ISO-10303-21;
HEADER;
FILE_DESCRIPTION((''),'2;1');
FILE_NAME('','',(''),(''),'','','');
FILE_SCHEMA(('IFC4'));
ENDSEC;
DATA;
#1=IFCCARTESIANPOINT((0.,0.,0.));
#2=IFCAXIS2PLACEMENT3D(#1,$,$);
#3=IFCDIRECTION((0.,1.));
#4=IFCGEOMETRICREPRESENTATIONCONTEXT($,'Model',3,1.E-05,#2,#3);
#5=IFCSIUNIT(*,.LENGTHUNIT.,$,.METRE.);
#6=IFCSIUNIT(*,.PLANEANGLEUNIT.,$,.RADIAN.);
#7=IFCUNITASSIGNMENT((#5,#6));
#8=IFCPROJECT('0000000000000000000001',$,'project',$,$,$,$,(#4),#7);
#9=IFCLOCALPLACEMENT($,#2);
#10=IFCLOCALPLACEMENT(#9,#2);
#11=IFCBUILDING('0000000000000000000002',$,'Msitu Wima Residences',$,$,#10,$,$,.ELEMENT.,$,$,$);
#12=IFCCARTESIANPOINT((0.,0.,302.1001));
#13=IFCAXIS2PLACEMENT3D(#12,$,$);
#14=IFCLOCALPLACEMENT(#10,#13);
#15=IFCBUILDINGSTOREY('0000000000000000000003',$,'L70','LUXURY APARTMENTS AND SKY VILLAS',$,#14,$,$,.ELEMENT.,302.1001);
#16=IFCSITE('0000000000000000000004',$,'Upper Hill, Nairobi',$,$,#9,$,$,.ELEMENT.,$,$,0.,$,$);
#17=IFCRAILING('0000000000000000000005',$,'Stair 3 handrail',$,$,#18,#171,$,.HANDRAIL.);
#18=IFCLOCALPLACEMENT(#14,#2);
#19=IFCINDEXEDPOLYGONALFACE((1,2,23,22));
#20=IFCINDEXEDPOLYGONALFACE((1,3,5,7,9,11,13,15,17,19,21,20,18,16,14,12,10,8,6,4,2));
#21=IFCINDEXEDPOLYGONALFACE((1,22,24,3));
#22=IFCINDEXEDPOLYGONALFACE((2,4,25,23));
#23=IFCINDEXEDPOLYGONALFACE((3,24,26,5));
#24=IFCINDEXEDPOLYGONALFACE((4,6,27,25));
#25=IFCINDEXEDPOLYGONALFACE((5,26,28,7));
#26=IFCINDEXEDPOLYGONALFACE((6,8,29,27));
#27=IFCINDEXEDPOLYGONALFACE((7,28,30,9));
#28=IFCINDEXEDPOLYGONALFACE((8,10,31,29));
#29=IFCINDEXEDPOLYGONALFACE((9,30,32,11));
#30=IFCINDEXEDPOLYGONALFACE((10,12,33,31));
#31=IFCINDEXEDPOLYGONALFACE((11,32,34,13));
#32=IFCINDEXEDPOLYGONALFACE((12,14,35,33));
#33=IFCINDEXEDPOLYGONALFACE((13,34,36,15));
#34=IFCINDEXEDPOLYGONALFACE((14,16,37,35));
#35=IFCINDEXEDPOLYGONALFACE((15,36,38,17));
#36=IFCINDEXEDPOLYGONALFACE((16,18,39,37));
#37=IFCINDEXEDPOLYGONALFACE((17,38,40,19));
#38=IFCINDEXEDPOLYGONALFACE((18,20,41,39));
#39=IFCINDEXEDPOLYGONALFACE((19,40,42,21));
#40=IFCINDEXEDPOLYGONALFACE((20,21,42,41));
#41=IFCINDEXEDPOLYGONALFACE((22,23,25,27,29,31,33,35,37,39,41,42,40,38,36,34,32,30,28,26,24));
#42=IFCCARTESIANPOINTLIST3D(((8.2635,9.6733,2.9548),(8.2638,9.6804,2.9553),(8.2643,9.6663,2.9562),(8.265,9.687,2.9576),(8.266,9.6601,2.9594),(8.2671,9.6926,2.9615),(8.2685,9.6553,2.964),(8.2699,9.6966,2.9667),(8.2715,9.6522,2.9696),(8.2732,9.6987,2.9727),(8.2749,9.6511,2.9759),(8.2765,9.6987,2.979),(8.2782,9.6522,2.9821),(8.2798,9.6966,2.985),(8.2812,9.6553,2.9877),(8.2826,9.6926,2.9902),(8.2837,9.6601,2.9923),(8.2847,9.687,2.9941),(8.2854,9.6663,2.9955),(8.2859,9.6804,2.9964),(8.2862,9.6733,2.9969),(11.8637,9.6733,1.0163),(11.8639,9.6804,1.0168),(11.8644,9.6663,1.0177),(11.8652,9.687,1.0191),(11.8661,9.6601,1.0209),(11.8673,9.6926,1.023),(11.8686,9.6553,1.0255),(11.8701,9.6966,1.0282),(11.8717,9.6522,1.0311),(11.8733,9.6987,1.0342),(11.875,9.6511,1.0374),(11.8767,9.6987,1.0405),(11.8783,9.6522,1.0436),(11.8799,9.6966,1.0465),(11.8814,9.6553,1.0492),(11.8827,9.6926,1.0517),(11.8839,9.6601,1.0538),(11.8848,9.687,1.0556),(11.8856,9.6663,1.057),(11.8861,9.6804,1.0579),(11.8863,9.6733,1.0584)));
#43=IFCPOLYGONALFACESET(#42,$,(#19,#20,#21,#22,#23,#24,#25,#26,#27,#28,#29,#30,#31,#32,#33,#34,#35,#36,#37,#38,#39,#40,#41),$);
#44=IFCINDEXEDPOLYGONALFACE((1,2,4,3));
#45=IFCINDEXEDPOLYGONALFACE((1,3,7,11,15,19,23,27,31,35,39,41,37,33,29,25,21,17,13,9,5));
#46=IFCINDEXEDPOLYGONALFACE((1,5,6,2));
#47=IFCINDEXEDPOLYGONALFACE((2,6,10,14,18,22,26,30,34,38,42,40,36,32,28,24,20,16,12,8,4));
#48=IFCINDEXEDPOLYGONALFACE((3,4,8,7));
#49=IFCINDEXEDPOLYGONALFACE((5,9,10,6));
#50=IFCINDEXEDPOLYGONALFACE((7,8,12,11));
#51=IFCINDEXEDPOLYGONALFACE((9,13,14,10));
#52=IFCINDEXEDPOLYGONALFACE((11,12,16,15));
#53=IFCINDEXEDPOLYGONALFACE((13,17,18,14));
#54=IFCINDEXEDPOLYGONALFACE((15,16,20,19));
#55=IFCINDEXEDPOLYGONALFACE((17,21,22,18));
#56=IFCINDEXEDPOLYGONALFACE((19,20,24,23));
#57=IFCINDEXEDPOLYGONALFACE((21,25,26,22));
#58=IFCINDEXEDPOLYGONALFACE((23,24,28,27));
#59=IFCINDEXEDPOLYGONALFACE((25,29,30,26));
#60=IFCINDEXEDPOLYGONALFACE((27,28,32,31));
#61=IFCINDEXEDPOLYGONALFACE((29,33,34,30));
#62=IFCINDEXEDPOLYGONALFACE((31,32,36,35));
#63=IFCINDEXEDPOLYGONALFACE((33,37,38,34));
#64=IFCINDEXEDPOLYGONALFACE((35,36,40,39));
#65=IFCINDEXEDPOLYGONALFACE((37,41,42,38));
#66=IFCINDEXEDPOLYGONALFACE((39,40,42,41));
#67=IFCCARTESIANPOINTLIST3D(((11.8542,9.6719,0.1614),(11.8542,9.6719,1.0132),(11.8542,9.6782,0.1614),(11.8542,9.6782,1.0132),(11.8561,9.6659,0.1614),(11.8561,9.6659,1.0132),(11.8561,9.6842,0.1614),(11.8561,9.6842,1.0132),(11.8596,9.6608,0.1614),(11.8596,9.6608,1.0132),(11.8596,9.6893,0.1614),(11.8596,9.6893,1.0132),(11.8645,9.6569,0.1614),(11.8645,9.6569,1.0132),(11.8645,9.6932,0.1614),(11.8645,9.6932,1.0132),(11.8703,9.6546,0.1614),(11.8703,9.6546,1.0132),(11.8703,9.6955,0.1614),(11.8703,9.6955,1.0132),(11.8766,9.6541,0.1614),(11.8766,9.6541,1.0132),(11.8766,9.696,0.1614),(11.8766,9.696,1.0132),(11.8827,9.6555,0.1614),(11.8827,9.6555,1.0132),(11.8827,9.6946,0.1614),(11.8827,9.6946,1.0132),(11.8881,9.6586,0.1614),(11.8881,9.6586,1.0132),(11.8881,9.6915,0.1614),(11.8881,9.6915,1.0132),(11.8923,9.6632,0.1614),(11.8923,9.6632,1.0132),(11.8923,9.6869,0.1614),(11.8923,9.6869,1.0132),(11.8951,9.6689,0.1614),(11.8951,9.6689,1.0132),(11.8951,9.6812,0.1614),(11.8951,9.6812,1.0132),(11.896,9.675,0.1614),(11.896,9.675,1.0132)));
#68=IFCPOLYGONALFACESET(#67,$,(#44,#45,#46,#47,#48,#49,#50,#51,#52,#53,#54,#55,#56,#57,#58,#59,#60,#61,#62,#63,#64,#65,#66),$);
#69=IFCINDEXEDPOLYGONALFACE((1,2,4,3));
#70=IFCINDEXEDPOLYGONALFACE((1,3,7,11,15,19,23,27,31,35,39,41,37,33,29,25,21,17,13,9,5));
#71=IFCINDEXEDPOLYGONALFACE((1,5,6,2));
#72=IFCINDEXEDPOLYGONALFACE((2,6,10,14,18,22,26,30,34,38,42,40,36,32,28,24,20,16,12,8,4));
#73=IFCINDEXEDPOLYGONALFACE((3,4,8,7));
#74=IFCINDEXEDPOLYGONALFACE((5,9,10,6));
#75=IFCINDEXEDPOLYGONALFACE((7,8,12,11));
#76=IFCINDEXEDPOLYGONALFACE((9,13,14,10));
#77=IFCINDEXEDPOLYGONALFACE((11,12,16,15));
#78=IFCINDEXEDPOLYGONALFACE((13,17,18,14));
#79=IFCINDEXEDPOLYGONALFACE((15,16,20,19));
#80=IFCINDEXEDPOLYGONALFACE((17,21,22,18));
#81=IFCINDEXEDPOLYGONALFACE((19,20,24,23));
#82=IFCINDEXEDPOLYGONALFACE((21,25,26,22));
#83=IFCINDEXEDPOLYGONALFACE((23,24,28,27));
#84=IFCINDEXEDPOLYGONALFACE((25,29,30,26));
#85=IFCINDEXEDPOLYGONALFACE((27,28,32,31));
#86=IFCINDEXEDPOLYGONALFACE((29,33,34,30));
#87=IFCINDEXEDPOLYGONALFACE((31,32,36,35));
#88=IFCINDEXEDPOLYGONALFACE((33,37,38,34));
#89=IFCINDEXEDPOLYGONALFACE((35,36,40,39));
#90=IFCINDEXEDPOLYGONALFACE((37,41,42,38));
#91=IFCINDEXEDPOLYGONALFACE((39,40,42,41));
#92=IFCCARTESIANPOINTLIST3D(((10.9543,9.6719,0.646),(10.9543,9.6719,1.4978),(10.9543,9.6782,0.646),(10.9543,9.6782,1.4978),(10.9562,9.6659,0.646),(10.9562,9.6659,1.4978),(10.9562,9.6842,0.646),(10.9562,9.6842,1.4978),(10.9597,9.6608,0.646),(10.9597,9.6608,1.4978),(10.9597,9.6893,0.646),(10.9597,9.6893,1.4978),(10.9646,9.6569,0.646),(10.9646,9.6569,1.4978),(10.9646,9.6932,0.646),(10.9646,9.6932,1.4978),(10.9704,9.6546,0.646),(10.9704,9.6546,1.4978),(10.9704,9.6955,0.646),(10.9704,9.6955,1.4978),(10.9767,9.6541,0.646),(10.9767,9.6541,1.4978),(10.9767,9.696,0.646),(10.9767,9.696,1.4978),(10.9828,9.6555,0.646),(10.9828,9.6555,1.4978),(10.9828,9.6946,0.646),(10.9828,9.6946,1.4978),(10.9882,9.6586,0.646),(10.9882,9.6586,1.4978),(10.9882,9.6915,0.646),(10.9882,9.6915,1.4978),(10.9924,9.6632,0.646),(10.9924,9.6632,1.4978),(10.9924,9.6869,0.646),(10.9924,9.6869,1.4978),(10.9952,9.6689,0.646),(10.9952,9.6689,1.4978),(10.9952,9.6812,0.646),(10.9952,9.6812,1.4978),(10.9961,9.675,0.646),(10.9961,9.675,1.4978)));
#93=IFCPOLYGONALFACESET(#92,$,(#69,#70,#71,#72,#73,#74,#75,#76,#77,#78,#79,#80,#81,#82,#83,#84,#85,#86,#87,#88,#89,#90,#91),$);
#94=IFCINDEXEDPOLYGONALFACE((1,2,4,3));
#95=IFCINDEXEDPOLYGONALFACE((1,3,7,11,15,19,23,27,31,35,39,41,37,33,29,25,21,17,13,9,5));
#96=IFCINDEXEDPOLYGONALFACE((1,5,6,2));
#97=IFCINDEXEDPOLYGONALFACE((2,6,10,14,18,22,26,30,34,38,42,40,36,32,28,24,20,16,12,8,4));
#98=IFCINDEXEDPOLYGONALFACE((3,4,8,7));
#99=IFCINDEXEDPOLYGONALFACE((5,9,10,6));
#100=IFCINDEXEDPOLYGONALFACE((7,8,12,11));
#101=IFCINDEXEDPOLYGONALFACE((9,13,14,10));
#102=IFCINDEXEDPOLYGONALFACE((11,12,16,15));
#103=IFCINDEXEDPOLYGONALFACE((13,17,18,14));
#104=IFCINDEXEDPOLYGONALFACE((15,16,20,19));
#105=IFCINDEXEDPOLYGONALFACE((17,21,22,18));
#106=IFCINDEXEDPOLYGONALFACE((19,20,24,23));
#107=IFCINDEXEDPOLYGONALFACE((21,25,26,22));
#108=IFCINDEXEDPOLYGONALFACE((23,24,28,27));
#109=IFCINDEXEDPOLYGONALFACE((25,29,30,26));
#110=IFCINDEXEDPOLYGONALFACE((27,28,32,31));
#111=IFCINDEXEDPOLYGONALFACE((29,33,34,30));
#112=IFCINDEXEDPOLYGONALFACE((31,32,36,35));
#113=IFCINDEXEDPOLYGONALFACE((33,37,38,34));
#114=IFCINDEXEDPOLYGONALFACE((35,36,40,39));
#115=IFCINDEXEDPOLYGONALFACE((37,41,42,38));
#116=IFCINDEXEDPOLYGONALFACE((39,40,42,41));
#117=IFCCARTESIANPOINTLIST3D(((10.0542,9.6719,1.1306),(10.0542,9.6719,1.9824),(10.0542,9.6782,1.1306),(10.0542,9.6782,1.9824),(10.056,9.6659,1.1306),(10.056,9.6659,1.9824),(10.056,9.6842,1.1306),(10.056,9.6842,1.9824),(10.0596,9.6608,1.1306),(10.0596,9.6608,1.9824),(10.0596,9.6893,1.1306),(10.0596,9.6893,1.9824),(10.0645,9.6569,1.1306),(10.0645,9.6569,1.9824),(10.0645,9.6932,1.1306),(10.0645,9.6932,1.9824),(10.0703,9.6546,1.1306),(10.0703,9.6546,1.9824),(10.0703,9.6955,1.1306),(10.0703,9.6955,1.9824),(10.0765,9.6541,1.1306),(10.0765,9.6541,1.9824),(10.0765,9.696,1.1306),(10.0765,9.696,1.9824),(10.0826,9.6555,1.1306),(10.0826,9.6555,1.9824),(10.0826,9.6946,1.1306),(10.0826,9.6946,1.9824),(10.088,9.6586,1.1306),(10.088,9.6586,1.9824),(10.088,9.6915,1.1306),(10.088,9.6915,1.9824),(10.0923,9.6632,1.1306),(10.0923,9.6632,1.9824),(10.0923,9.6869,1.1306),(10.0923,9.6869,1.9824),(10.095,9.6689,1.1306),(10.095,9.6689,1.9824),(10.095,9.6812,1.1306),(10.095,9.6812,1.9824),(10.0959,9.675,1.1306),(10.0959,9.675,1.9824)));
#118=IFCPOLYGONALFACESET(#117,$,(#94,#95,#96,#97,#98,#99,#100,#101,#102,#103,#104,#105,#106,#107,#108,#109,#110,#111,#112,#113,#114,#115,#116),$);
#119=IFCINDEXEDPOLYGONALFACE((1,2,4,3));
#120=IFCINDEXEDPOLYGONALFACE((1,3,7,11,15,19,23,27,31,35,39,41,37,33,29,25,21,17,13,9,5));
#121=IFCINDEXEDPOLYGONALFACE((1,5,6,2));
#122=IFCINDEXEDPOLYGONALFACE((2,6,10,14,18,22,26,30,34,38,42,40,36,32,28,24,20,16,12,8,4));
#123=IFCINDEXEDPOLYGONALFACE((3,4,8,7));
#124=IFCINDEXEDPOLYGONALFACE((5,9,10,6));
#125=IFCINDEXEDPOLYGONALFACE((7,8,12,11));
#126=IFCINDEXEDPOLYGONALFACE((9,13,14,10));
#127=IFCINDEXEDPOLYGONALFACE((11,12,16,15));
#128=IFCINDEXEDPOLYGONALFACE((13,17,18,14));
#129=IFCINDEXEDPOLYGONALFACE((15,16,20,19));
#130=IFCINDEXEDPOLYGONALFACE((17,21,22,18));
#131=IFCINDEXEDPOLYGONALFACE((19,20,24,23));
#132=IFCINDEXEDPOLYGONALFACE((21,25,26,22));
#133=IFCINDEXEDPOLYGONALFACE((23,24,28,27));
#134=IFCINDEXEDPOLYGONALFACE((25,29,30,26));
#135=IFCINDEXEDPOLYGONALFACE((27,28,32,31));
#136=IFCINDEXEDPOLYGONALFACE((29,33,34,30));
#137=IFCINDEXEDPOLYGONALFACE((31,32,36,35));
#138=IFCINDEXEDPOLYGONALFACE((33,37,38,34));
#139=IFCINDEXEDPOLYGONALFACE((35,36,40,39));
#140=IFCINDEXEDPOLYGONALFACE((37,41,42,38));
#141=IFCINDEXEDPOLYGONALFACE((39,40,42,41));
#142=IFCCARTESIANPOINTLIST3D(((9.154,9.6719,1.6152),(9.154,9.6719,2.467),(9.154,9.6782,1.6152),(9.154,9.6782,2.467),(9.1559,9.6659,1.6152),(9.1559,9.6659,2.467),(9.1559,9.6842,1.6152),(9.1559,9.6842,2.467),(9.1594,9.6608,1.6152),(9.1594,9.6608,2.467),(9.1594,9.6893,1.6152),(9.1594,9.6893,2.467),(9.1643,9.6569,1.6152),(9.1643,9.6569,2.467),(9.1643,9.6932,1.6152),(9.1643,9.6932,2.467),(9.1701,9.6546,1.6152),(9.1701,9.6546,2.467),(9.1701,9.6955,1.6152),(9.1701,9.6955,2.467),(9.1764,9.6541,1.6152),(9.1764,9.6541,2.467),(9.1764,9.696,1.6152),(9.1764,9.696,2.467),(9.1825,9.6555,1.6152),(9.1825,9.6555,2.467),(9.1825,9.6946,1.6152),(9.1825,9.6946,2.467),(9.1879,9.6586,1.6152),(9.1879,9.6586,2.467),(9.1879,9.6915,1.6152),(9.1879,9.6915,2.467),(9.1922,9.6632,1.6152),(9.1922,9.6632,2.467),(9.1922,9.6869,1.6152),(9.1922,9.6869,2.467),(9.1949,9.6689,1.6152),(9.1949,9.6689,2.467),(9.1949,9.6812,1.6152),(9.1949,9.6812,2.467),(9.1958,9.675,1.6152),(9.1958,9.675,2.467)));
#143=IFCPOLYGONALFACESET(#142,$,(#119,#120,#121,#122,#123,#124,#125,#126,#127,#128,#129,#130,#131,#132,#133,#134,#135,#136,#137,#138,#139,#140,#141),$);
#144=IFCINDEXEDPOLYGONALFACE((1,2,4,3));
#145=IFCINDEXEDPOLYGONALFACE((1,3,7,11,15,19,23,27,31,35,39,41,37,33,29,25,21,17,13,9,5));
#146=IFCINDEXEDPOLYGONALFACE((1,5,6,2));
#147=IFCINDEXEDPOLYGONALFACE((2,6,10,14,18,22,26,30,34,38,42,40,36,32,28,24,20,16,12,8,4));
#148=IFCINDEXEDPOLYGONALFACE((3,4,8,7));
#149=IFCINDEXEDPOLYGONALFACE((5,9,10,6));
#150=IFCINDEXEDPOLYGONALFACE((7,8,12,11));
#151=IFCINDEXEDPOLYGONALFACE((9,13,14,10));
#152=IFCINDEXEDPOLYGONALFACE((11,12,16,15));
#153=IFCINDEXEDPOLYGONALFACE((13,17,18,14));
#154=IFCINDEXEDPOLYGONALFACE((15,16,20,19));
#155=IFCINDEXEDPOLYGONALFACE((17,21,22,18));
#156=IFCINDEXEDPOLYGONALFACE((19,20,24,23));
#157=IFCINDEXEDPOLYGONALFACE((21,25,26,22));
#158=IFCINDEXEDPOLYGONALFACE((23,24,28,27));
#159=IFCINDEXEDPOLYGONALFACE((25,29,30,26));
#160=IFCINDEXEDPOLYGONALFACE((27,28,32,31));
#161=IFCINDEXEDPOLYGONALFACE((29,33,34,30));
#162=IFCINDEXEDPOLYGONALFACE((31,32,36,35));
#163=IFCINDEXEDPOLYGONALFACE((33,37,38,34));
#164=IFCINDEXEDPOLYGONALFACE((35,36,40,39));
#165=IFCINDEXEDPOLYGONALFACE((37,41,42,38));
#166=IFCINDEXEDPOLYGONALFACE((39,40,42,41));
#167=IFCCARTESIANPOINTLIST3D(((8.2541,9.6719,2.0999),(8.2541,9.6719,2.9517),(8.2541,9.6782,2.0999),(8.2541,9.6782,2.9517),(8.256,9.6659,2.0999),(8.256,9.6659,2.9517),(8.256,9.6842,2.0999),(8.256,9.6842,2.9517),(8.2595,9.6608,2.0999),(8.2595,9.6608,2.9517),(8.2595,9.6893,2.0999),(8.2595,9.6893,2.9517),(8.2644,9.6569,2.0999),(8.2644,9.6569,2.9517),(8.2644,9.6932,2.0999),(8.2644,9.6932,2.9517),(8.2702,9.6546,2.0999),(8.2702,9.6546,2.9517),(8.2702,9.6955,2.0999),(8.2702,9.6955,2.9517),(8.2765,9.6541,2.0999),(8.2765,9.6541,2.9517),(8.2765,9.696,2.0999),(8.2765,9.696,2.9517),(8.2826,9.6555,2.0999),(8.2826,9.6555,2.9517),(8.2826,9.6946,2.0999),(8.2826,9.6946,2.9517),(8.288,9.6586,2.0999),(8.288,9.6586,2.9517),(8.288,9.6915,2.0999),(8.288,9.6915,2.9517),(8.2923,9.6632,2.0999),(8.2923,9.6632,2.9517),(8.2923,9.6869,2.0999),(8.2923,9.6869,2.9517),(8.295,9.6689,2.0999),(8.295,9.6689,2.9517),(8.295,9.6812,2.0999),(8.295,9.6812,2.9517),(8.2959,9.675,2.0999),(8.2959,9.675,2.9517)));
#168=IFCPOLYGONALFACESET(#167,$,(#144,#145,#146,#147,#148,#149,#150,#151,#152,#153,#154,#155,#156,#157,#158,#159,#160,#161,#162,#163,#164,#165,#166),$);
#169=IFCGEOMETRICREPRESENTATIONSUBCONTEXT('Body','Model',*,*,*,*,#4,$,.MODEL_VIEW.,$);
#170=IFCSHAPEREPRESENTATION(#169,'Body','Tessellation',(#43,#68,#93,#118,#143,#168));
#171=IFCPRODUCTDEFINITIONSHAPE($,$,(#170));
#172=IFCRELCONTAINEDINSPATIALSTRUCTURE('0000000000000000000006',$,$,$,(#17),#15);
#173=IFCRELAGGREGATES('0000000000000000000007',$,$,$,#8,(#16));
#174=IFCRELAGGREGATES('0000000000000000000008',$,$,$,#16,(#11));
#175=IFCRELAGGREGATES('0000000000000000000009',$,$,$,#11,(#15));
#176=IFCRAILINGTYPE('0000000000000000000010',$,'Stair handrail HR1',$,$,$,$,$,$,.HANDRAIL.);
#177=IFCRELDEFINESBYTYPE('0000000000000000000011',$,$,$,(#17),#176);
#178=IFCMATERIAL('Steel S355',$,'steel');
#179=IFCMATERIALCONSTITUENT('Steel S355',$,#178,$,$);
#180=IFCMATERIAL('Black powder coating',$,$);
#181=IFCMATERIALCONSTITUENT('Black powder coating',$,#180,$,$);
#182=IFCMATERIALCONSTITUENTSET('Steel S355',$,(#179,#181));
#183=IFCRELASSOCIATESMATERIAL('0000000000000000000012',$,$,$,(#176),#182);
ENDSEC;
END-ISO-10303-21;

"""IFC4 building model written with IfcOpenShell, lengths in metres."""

from ifc_helpers import new_model, si_unit, direction, frame, origin, origin_2d, place, context, subcontext, project, spatial, circle, extrude, material, constituent, constituent_set, type_object, element, save


model = new_model("IFC4")

# Units and contexts
model_context = context("Model", 3, precision=1e-05, world=origin(), true_north=direction((0.0, 1.0)))
body_context = subcontext(model_context, "Body", "Model", "MODEL_VIEW")
ifc_project = project(units=[si_unit("LENGTHUNIT", "METRE"), si_unit("PLANEANGLEUNIT", "RADIAN")], contexts=[model_context])

# Site, building, storey
site_placement = place(None, origin())
site = spatial("IfcSite", under=ifc_project, at=site_placement, Name="Upper Hill, Nairobi", CompositionType="ELEMENT", RefElevation=0.0)
building_placement = place(site_placement, origin())
building = spatial("IfcBuilding", under=site, at=building_placement, Name="Msitu Wima Residences", CompositionType="ELEMENT")
storey_placement = place(building_placement, frame((0.0, 0.0, 302.1001)))
storey = spatial("IfcBuildingStorey", under=building, at=storey_placement, Name="L70", Description="LUXURY APARTMENTS AND SKY VILLAS", CompositionType="ELEMENT", Elevation=302.1001)

# Railing
ifc_material_1 = material(Name="Steel S355", Category="steel")
ifc_constituent_1 = constituent(ifc_material_1, Name="Steel S355")
ifc_material_2 = material(Name="Black powder coating")
ifc_constituent_2 = constituent(ifc_material_2, Name="Black powder coating")
ifc_constituent_set = constituent_set(constituents=[ifc_constituent_1, ifc_constituent_2], Name="Steel S355")
railing_type = type_object("IfcRailingType", Name="Stair handrail HR1", PredefinedType="HANDRAIL", material=ifc_constituent_set)
for number, where, name in (
    (1, (11.875, 9.675, 0.1614), "Stair 3 handrail"),
):
    element("IfcRailing", number, at=place(storey_placement, frame(where)), inside=storey, type_object=railing_type, Name=name, PredefinedType="HANDRAIL", context=body_context, shape_type="SweptSolid", body=[
        extrude(circle(Radius=0.0239, at=origin_2d()), frame((0.0, 0.0, 0.876), z_axis=(-0.880475, 0.0, 0.474093), x_axis=(0.0, -1.0, 0.0)), (0.0, 0.0, 1.0), 4.0889),
        extrude(circle(Radius=0.021, at=origin_2d()), origin(), (0.0, 0.0, 1.0), 0.8518),
        extrude(circle(Radius=0.021, at=origin_2d()), frame((-0.8999, 0.0, 0.4846)), (0.0, 0.0, 1.0), 0.8518),
        extrude(circle(Radius=0.021, at=origin_2d()), frame((-1.8, 0.0, 0.9692)), (0.0, 0.0, 1.0), 0.8518),
        extrude(circle(Radius=0.021, at=origin_2d()), frame((-2.7002, 0.0, 1.4539)), (0.0, 0.0, 1.0), 0.8518),
        extrude(circle(Radius=0.021, at=origin_2d()), frame((-3.6001, 0.0, 1.9385)), (0.0, 0.0, 1.0), 0.8518),
    ])

save(model, "model.ifc")
